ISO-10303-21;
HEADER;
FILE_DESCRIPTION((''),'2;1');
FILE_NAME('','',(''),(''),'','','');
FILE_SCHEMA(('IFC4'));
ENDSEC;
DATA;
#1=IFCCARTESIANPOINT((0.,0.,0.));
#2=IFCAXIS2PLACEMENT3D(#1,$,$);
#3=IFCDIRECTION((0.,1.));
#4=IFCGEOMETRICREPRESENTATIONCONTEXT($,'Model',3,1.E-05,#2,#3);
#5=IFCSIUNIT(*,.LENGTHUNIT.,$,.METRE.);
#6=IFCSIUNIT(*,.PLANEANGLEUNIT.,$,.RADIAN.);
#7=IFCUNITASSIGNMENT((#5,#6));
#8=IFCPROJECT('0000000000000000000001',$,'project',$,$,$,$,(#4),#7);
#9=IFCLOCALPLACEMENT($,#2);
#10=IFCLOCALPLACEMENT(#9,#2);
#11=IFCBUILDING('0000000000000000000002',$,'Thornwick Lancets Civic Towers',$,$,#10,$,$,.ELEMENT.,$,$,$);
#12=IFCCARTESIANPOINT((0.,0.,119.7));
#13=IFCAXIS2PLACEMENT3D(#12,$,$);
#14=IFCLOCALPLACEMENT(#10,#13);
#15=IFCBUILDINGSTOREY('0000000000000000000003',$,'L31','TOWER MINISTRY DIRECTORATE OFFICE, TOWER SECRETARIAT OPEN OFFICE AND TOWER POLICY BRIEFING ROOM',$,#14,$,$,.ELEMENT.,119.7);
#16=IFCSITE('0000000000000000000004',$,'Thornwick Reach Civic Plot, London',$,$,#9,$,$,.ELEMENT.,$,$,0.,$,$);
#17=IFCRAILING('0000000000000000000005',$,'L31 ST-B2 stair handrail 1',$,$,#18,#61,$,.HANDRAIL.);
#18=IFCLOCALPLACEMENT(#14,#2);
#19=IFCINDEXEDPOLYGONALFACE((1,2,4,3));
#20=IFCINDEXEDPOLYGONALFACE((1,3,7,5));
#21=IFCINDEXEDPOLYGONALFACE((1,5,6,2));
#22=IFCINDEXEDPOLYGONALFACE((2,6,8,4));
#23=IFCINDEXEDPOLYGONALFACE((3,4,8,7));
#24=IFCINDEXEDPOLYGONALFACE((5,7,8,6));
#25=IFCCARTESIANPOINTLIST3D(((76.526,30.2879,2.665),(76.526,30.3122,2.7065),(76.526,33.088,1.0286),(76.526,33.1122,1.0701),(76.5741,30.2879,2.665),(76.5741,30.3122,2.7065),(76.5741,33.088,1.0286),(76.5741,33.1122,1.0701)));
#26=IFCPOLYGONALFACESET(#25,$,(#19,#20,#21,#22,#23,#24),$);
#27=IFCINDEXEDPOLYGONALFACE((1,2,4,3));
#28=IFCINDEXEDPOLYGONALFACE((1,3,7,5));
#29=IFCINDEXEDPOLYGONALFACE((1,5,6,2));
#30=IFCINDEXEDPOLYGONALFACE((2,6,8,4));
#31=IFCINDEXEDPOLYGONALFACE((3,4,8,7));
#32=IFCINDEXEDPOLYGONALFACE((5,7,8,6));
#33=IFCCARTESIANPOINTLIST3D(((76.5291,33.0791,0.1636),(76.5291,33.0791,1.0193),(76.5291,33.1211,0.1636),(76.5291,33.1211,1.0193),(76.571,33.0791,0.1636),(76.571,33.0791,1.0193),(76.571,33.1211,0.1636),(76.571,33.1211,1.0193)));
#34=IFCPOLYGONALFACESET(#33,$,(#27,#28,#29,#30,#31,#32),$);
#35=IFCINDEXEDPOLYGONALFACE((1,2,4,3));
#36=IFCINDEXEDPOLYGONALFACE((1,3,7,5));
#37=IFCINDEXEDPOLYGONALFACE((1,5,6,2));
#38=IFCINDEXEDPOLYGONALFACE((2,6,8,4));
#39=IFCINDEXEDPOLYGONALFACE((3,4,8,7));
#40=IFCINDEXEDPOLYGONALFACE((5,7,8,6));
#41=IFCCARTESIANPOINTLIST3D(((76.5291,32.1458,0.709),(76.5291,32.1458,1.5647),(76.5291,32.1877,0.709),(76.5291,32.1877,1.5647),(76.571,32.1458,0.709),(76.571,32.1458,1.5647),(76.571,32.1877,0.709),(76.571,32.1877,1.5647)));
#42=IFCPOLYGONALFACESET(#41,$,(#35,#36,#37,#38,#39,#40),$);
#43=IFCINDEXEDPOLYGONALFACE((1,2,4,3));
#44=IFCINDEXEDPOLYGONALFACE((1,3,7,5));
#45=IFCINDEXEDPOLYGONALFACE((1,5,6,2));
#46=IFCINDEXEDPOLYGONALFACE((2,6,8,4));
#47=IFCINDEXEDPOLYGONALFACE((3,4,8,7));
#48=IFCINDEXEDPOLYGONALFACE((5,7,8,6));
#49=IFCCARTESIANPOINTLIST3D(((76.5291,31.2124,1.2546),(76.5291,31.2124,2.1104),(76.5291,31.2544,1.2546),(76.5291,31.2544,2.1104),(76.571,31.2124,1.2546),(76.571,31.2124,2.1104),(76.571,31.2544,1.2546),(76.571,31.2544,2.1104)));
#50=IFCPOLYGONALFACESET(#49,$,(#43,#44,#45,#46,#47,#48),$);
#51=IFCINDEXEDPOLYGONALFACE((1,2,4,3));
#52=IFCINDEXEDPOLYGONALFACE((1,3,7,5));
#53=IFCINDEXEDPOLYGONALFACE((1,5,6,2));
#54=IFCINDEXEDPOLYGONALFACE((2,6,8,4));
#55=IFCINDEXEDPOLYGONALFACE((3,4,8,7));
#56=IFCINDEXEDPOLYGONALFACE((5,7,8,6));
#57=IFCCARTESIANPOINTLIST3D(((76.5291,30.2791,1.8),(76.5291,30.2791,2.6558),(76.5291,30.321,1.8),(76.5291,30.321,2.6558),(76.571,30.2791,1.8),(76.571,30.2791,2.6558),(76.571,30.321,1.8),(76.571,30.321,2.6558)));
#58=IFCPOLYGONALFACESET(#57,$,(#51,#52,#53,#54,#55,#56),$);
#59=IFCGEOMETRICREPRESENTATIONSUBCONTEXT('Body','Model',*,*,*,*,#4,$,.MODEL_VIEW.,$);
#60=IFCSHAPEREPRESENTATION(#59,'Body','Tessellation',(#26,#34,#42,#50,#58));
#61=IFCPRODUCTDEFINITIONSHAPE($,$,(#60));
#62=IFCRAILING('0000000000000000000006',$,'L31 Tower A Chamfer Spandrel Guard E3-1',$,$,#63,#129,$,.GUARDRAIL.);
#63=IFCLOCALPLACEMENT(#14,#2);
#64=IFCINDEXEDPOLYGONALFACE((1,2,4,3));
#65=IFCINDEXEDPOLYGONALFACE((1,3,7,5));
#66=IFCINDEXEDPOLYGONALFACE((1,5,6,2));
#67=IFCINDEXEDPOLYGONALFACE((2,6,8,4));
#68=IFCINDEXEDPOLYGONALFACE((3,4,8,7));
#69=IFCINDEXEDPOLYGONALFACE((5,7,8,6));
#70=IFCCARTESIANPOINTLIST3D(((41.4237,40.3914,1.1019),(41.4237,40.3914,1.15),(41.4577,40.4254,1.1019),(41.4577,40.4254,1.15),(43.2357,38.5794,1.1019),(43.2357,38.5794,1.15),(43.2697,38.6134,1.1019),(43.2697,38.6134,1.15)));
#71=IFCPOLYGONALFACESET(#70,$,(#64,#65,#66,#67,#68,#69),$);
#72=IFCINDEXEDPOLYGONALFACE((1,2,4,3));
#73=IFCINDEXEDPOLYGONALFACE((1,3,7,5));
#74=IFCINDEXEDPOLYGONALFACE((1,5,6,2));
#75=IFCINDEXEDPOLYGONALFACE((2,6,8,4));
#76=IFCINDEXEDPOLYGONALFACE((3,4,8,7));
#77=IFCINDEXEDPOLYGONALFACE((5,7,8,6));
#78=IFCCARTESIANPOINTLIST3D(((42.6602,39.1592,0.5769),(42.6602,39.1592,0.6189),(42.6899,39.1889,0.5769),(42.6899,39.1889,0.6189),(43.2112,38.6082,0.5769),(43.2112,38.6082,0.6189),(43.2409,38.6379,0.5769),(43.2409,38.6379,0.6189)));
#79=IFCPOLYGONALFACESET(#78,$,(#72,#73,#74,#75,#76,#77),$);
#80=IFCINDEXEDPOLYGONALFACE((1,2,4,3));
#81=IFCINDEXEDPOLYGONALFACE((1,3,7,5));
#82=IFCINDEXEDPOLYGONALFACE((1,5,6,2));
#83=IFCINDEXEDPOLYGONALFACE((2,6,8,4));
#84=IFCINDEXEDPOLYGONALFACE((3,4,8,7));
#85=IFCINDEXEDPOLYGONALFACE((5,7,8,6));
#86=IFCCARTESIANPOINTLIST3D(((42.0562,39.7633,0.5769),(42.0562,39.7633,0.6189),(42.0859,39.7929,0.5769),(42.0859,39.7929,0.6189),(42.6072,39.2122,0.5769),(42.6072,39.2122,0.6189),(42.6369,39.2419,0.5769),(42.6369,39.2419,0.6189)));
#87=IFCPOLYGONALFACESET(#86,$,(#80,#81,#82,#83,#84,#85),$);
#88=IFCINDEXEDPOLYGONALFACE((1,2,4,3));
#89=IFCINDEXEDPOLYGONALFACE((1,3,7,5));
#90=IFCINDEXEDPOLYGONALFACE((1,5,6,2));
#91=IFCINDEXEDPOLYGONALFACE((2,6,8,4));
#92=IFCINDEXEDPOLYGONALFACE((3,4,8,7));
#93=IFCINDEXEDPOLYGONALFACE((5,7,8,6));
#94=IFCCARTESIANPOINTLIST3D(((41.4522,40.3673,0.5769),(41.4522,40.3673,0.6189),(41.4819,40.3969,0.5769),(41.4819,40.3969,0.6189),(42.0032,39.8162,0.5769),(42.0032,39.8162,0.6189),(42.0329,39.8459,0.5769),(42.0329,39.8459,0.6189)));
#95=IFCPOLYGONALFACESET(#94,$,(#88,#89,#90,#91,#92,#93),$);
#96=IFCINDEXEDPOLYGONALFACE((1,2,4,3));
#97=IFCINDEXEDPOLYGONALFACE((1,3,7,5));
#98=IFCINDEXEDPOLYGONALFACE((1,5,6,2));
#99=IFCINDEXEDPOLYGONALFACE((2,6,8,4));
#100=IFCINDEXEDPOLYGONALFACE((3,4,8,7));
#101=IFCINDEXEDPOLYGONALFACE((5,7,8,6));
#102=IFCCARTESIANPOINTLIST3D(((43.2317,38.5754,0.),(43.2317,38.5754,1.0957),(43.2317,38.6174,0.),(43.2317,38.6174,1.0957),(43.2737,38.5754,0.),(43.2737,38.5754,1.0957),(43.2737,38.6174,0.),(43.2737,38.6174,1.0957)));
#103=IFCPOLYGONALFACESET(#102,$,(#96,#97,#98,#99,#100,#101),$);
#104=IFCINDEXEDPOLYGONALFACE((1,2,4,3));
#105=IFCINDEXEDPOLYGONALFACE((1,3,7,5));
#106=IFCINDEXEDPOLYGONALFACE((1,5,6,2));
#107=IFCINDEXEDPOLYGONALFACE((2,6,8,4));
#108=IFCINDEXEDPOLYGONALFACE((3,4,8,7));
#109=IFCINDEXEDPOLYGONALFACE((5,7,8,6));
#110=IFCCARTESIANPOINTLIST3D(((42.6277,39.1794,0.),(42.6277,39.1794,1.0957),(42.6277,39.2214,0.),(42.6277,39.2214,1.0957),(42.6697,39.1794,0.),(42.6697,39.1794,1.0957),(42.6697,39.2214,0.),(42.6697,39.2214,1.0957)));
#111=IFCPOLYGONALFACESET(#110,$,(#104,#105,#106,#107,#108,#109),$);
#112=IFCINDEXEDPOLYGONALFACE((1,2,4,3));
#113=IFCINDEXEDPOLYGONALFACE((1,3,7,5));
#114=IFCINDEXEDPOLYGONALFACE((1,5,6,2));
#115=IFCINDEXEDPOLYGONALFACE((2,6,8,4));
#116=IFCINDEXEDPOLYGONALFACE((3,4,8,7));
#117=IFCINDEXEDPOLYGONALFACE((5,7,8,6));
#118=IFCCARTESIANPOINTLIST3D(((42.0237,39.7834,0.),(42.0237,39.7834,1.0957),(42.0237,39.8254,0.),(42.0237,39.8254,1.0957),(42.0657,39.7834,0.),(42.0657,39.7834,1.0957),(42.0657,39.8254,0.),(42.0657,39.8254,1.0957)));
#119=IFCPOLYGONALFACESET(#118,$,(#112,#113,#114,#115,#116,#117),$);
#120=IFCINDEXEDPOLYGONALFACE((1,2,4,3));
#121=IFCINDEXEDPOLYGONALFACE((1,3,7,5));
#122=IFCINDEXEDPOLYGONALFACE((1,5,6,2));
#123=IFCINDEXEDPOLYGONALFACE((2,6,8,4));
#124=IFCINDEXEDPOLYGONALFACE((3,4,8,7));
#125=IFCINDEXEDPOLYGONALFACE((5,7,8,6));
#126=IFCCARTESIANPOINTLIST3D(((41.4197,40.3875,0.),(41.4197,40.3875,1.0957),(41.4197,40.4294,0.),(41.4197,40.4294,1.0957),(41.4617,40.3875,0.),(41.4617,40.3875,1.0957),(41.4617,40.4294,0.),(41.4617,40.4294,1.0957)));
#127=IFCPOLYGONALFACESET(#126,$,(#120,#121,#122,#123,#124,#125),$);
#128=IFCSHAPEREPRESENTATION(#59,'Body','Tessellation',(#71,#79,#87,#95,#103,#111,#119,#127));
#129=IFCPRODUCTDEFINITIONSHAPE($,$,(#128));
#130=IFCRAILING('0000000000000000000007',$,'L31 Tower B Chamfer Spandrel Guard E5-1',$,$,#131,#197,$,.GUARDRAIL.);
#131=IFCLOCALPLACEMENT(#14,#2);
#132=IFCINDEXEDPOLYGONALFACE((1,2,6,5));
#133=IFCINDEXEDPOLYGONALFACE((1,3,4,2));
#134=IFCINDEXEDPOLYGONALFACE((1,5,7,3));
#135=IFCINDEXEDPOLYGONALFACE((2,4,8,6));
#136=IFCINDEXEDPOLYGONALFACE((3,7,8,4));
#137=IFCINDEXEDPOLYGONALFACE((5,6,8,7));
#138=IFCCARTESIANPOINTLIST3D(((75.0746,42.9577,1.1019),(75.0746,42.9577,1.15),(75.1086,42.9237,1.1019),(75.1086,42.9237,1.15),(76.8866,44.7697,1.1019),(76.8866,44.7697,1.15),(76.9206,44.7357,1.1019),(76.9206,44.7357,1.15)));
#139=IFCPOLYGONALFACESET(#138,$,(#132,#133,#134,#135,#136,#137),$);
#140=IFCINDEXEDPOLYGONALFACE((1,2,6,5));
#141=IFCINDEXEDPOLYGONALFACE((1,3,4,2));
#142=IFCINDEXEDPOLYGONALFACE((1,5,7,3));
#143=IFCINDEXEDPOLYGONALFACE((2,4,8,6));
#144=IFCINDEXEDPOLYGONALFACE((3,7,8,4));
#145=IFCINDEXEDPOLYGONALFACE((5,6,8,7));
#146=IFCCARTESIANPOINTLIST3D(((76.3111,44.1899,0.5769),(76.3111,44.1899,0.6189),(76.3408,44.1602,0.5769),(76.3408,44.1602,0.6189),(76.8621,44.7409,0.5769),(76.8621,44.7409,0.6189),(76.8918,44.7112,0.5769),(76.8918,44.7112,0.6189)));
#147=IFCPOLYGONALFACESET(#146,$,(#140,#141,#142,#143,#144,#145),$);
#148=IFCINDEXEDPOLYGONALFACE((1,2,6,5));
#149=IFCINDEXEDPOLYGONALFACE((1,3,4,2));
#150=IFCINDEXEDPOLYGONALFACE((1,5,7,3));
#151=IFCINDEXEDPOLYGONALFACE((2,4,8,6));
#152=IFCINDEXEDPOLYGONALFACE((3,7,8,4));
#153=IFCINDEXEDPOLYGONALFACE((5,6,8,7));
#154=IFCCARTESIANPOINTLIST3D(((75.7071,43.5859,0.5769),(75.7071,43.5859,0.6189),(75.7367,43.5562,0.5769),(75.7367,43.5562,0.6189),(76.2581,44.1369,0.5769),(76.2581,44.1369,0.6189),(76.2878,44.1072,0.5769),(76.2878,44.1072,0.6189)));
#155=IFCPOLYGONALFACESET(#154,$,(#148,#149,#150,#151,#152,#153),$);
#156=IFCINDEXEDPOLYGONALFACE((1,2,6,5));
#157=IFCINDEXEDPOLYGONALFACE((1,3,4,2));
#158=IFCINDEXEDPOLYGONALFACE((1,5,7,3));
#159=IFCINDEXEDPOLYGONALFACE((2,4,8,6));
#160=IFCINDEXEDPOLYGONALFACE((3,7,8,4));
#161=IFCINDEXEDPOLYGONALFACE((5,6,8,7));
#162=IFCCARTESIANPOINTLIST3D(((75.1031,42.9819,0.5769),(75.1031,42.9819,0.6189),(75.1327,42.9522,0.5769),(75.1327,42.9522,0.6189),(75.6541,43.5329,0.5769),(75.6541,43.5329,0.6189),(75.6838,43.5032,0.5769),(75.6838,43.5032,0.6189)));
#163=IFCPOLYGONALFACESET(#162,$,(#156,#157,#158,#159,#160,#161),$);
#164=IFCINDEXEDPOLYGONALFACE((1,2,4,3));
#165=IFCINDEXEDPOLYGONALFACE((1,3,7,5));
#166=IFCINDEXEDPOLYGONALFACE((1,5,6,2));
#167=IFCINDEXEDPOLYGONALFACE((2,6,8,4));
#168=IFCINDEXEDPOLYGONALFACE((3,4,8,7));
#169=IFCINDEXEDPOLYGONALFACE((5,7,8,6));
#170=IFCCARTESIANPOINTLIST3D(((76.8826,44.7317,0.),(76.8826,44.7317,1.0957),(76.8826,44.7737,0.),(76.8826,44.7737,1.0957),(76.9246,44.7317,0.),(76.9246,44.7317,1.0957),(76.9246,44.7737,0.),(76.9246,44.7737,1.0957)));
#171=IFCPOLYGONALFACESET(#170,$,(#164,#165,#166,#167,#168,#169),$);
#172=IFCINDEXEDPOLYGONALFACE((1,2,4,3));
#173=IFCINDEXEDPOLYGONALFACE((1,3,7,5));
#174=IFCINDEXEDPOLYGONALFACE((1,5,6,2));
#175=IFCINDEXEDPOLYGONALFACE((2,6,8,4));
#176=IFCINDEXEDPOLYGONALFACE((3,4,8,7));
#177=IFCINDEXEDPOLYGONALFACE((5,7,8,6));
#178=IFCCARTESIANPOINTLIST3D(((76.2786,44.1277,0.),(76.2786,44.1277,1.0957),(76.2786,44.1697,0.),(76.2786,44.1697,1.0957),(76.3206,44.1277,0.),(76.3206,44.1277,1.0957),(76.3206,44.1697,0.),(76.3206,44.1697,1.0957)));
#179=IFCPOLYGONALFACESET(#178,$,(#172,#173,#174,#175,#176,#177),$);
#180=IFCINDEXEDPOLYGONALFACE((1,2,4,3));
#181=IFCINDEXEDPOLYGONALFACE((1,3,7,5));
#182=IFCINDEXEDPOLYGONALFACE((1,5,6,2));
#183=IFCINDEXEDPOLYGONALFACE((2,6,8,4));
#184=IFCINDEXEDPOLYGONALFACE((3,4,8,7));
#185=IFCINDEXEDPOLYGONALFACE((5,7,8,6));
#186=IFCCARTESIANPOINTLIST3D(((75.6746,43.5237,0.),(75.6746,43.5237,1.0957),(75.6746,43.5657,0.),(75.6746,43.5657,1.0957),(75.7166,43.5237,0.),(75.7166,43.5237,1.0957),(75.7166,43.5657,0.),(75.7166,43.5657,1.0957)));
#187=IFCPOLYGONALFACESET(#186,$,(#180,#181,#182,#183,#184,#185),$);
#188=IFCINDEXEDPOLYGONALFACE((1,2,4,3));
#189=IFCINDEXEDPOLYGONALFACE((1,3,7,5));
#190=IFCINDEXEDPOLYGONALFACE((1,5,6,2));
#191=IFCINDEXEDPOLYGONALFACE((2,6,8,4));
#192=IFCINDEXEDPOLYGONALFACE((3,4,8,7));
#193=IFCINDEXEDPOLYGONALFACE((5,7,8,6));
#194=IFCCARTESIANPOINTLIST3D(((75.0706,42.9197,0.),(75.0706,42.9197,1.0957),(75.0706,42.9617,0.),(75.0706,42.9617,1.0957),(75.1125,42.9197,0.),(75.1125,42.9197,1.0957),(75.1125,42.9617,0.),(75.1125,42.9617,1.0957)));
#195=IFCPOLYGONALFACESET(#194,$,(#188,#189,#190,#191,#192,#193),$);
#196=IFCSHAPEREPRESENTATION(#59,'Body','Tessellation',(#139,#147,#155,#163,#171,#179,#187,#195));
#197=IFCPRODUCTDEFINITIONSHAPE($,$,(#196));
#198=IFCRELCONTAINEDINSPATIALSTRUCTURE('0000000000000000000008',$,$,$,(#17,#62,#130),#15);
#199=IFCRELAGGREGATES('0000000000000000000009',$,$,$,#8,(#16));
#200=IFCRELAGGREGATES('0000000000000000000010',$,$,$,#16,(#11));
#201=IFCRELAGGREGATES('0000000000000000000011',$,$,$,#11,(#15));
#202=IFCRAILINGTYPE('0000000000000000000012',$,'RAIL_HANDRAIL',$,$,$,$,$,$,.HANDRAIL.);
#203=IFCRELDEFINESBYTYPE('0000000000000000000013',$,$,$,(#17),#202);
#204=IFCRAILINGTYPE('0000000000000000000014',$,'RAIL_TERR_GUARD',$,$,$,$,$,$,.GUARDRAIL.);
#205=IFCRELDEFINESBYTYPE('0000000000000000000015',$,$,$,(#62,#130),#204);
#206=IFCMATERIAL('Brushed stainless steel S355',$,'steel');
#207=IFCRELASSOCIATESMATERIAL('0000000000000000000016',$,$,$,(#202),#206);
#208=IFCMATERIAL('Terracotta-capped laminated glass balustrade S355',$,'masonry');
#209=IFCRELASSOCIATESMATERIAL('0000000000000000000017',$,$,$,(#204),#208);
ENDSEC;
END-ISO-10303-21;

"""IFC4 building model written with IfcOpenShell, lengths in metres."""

from ifc_helpers import new_model, si_unit, direction, frame, origin, origin_2d, place, context, subcontext, project, spatial, rectangle, extrude, material, type_object, element, save


model = new_model("IFC4")

# Units and contexts
model_context = context("Model", 3, precision=1e-05, world=origin(), true_north=direction((0.0, 1.0)))
body_context = subcontext(model_context, "Body", "Model", "MODEL_VIEW")
ifc_project = project(units=[si_unit("LENGTHUNIT", "METRE"), si_unit("PLANEANGLEUNIT", "RADIAN")], contexts=[model_context])

# Site, building, storey
site_placement = place(None, origin())
site = spatial("IfcSite", under=ifc_project, at=site_placement, Name="Thornwick Reach Civic Plot, London", CompositionType="ELEMENT", RefElevation=0.0)
building_placement = place(site_placement, origin())
building = spatial("IfcBuilding", under=site, at=building_placement, Name="Thornwick Lancets Civic Towers", CompositionType="ELEMENT")
storey_placement = place(building_placement, frame((0.0, 0.0, 119.7)))
storey = spatial("IfcBuildingStorey", under=building, at=storey_placement, Name="L31", Description="TOWER MINISTRY DIRECTORATE OFFICE, TOWER SECRETARIAT OPEN OFFICE AND TOWER POLICY BRIEFING ROOM", CompositionType="ELEMENT", Elevation=119.7)

# Railings
ifc_material_1 = material(Name="Brushed stainless steel S355", Category="steel")
railing_type_1 = type_object("IfcRailingType", Name="RAIL_HANDRAIL", PredefinedType="HANDRAIL", material=ifc_material_1)
railing_1_placement = place(storey_placement, frame((76.55, 33.1001, 0.1636)))
element("IfcRailing", 1, at=railing_1_placement, inside=storey, type_object=railing_type_1, Name="L31 ST-B2 stair handrail 1", PredefinedType="HANDRAIL", context=body_context, shape_type="SweptSolid", body=[
    extrude(rectangle(XDim=0.0481, YDim=0.0481, at=origin_2d()), frame((0.0, 0.0, 0.8857), z_axis=(0.0, -0.863361, 0.504587), x_axis=(1.0, 0.0, 0.0)), (0.0, 0.0, 1.0), 3.2432),
    extrude(rectangle(XDim=0.042, YDim=0.042, at=origin_2d()), origin(), (0.0, 0.0, 1.0), 0.8557),
    extrude(rectangle(XDim=0.042, YDim=0.042, at=origin_2d()), frame((0.0, -0.9333, 0.5454)), (0.0, 0.0, 1.0), 0.8557),
    extrude(rectangle(XDim=0.042, YDim=0.042, at=origin_2d()), frame((0.0, -1.8667, 1.0911)), (0.0, 0.0, 1.0), 0.8557),
    extrude(rectangle(XDim=0.042, YDim=0.042, at=origin_2d()), frame((0.0, -2.8, 1.6365)), (0.0, 0.0, 1.0), 0.8557),
])
ifc_material_2 = material(Name="Terracotta-capped laminated glass balustrade S355", Category="masonry")
railing_type_2 = type_object("IfcRailingType", Name="RAIL_TERR_GUARD", PredefinedType="GUARDRAIL", material=ifc_material_2)
railing_2_placement = place(storey_placement, frame((43.2527, 38.5964, 0.0)))
element("IfcRailing", 2, at=railing_2_placement, inside=storey, type_object=railing_type_2, Name="L31 Tower A Chamfer Spandrel Guard E3-1", PredefinedType="GUARDRAIL", context=body_context, shape_type="SweptSolid", body=[
    extrude(rectangle(XDim=0.0481, YDim=0.0481, at=origin_2d()), frame((0.0, 0.0, 1.126), z_axis=(-0.707107, 0.707107, 0.0), x_axis=(-0.707107, -0.707107, 0.0)), (0.0, 0.0, 1.0), 2.5625),
    extrude(rectangle(XDim=0.042, YDim=0.042, at=origin_2d()), frame((-0.0266, 0.0266, 0.5979), z_axis=(-0.707107, 0.707107, 0.0), x_axis=(-0.707107, -0.707107, 0.0)), (0.0, 0.0, 1.0), 0.7793),
    extrude(rectangle(XDim=0.042, YDim=0.042, at=origin_2d()), frame((-0.6306, 0.6306, 0.5979), z_axis=(-0.707107, 0.707107, 0.0), x_axis=(-0.707107, -0.707107, 0.0)), (0.0, 0.0, 1.0), 0.7793),
    extrude(rectangle(XDim=0.042, YDim=0.042, at=origin_2d()), frame((-1.2346, 1.2346, 0.5979), z_axis=(-0.707107, 0.707107, 0.0), x_axis=(-0.707107, -0.707107, 0.0)), (0.0, 0.0, 1.0), 0.7793),
    extrude(rectangle(XDim=0.042, YDim=0.042, at=origin_2d()), origin(), (0.0, 0.0, 1.0), 1.0957),
    extrude(rectangle(XDim=0.042, YDim=0.042, at=origin_2d()), frame((-0.604, 0.604, 0.0)), (0.0, 0.0, 1.0), 1.0957),
    extrude(rectangle(XDim=0.042, YDim=0.042, at=origin_2d()), frame((-1.208, 1.208, 0.0)), (0.0, 0.0, 1.0), 1.0957),
    extrude(rectangle(XDim=0.042, YDim=0.042, at=origin_2d()), frame((-1.812, 1.812, 0.0)), (0.0, 0.0, 1.0), 1.0957),
])
for number, where, name in (
    (3, (76.9036, 44.7527, 0.0), "L31 Tower B Chamfer Spandrel Guard E5-1"),
):
    element("IfcRailing", number, at=place(storey_placement, frame(where)), inside=storey, type_object=railing_type_2, Name=name, PredefinedType="GUARDRAIL", context=body_context, shape_type="SweptSolid", body=[
        extrude(rectangle(XDim=0.0481, YDim=0.0481, at=origin_2d()), frame((0.0, 0.0, 1.126), z_axis=(-0.707107, -0.707107, 0.0), x_axis=(0.707107, -0.707107, 0.0)), (0.0, 0.0, 1.0), 2.5625),
        extrude(rectangle(XDim=0.042, YDim=0.042, at=origin_2d()), frame((-0.0266, -0.0266, 0.5979), z_axis=(-0.707107, -0.707107, 0.0), x_axis=(0.707107, -0.707107, 0.0)), (0.0, 0.0, 1.0), 0.7793),
        extrude(rectangle(XDim=0.042, YDim=0.042, at=origin_2d()), frame((-0.6306, -0.6306, 0.5979), z_axis=(-0.707107, -0.707107, 0.0), x_axis=(0.707107, -0.707107, 0.0)), (0.0, 0.0, 1.0), 0.7793),
        extrude(rectangle(XDim=0.042, YDim=0.042, at=origin_2d()), frame((-1.2346, -1.2346, 0.5979), z_axis=(-0.707107, -0.707107, 0.0), x_axis=(0.707107, -0.707107, 0.0)), (0.0, 0.0, 1.0), 0.7793),
        extrude(rectangle(XDim=0.042, YDim=0.042, at=origin_2d()), origin(), (0.0, 0.0, 1.0), 1.0957),
        extrude(rectangle(XDim=0.042, YDim=0.042, at=origin_2d()), frame((-0.604, -0.604, 0.0)), (0.0, 0.0, 1.0), 1.0957),
        extrude(rectangle(XDim=0.042, YDim=0.042, at=origin_2d()), frame((-1.208, -1.208, 0.0)), (0.0, 0.0, 1.0), 1.0957),
        extrude(rectangle(XDim=0.042, YDim=0.042, at=origin_2d()), frame((-1.812, -1.812, 0.0)), (0.0, 0.0, 1.0), 1.0957),
    ])

save(model, "model.ifc")
